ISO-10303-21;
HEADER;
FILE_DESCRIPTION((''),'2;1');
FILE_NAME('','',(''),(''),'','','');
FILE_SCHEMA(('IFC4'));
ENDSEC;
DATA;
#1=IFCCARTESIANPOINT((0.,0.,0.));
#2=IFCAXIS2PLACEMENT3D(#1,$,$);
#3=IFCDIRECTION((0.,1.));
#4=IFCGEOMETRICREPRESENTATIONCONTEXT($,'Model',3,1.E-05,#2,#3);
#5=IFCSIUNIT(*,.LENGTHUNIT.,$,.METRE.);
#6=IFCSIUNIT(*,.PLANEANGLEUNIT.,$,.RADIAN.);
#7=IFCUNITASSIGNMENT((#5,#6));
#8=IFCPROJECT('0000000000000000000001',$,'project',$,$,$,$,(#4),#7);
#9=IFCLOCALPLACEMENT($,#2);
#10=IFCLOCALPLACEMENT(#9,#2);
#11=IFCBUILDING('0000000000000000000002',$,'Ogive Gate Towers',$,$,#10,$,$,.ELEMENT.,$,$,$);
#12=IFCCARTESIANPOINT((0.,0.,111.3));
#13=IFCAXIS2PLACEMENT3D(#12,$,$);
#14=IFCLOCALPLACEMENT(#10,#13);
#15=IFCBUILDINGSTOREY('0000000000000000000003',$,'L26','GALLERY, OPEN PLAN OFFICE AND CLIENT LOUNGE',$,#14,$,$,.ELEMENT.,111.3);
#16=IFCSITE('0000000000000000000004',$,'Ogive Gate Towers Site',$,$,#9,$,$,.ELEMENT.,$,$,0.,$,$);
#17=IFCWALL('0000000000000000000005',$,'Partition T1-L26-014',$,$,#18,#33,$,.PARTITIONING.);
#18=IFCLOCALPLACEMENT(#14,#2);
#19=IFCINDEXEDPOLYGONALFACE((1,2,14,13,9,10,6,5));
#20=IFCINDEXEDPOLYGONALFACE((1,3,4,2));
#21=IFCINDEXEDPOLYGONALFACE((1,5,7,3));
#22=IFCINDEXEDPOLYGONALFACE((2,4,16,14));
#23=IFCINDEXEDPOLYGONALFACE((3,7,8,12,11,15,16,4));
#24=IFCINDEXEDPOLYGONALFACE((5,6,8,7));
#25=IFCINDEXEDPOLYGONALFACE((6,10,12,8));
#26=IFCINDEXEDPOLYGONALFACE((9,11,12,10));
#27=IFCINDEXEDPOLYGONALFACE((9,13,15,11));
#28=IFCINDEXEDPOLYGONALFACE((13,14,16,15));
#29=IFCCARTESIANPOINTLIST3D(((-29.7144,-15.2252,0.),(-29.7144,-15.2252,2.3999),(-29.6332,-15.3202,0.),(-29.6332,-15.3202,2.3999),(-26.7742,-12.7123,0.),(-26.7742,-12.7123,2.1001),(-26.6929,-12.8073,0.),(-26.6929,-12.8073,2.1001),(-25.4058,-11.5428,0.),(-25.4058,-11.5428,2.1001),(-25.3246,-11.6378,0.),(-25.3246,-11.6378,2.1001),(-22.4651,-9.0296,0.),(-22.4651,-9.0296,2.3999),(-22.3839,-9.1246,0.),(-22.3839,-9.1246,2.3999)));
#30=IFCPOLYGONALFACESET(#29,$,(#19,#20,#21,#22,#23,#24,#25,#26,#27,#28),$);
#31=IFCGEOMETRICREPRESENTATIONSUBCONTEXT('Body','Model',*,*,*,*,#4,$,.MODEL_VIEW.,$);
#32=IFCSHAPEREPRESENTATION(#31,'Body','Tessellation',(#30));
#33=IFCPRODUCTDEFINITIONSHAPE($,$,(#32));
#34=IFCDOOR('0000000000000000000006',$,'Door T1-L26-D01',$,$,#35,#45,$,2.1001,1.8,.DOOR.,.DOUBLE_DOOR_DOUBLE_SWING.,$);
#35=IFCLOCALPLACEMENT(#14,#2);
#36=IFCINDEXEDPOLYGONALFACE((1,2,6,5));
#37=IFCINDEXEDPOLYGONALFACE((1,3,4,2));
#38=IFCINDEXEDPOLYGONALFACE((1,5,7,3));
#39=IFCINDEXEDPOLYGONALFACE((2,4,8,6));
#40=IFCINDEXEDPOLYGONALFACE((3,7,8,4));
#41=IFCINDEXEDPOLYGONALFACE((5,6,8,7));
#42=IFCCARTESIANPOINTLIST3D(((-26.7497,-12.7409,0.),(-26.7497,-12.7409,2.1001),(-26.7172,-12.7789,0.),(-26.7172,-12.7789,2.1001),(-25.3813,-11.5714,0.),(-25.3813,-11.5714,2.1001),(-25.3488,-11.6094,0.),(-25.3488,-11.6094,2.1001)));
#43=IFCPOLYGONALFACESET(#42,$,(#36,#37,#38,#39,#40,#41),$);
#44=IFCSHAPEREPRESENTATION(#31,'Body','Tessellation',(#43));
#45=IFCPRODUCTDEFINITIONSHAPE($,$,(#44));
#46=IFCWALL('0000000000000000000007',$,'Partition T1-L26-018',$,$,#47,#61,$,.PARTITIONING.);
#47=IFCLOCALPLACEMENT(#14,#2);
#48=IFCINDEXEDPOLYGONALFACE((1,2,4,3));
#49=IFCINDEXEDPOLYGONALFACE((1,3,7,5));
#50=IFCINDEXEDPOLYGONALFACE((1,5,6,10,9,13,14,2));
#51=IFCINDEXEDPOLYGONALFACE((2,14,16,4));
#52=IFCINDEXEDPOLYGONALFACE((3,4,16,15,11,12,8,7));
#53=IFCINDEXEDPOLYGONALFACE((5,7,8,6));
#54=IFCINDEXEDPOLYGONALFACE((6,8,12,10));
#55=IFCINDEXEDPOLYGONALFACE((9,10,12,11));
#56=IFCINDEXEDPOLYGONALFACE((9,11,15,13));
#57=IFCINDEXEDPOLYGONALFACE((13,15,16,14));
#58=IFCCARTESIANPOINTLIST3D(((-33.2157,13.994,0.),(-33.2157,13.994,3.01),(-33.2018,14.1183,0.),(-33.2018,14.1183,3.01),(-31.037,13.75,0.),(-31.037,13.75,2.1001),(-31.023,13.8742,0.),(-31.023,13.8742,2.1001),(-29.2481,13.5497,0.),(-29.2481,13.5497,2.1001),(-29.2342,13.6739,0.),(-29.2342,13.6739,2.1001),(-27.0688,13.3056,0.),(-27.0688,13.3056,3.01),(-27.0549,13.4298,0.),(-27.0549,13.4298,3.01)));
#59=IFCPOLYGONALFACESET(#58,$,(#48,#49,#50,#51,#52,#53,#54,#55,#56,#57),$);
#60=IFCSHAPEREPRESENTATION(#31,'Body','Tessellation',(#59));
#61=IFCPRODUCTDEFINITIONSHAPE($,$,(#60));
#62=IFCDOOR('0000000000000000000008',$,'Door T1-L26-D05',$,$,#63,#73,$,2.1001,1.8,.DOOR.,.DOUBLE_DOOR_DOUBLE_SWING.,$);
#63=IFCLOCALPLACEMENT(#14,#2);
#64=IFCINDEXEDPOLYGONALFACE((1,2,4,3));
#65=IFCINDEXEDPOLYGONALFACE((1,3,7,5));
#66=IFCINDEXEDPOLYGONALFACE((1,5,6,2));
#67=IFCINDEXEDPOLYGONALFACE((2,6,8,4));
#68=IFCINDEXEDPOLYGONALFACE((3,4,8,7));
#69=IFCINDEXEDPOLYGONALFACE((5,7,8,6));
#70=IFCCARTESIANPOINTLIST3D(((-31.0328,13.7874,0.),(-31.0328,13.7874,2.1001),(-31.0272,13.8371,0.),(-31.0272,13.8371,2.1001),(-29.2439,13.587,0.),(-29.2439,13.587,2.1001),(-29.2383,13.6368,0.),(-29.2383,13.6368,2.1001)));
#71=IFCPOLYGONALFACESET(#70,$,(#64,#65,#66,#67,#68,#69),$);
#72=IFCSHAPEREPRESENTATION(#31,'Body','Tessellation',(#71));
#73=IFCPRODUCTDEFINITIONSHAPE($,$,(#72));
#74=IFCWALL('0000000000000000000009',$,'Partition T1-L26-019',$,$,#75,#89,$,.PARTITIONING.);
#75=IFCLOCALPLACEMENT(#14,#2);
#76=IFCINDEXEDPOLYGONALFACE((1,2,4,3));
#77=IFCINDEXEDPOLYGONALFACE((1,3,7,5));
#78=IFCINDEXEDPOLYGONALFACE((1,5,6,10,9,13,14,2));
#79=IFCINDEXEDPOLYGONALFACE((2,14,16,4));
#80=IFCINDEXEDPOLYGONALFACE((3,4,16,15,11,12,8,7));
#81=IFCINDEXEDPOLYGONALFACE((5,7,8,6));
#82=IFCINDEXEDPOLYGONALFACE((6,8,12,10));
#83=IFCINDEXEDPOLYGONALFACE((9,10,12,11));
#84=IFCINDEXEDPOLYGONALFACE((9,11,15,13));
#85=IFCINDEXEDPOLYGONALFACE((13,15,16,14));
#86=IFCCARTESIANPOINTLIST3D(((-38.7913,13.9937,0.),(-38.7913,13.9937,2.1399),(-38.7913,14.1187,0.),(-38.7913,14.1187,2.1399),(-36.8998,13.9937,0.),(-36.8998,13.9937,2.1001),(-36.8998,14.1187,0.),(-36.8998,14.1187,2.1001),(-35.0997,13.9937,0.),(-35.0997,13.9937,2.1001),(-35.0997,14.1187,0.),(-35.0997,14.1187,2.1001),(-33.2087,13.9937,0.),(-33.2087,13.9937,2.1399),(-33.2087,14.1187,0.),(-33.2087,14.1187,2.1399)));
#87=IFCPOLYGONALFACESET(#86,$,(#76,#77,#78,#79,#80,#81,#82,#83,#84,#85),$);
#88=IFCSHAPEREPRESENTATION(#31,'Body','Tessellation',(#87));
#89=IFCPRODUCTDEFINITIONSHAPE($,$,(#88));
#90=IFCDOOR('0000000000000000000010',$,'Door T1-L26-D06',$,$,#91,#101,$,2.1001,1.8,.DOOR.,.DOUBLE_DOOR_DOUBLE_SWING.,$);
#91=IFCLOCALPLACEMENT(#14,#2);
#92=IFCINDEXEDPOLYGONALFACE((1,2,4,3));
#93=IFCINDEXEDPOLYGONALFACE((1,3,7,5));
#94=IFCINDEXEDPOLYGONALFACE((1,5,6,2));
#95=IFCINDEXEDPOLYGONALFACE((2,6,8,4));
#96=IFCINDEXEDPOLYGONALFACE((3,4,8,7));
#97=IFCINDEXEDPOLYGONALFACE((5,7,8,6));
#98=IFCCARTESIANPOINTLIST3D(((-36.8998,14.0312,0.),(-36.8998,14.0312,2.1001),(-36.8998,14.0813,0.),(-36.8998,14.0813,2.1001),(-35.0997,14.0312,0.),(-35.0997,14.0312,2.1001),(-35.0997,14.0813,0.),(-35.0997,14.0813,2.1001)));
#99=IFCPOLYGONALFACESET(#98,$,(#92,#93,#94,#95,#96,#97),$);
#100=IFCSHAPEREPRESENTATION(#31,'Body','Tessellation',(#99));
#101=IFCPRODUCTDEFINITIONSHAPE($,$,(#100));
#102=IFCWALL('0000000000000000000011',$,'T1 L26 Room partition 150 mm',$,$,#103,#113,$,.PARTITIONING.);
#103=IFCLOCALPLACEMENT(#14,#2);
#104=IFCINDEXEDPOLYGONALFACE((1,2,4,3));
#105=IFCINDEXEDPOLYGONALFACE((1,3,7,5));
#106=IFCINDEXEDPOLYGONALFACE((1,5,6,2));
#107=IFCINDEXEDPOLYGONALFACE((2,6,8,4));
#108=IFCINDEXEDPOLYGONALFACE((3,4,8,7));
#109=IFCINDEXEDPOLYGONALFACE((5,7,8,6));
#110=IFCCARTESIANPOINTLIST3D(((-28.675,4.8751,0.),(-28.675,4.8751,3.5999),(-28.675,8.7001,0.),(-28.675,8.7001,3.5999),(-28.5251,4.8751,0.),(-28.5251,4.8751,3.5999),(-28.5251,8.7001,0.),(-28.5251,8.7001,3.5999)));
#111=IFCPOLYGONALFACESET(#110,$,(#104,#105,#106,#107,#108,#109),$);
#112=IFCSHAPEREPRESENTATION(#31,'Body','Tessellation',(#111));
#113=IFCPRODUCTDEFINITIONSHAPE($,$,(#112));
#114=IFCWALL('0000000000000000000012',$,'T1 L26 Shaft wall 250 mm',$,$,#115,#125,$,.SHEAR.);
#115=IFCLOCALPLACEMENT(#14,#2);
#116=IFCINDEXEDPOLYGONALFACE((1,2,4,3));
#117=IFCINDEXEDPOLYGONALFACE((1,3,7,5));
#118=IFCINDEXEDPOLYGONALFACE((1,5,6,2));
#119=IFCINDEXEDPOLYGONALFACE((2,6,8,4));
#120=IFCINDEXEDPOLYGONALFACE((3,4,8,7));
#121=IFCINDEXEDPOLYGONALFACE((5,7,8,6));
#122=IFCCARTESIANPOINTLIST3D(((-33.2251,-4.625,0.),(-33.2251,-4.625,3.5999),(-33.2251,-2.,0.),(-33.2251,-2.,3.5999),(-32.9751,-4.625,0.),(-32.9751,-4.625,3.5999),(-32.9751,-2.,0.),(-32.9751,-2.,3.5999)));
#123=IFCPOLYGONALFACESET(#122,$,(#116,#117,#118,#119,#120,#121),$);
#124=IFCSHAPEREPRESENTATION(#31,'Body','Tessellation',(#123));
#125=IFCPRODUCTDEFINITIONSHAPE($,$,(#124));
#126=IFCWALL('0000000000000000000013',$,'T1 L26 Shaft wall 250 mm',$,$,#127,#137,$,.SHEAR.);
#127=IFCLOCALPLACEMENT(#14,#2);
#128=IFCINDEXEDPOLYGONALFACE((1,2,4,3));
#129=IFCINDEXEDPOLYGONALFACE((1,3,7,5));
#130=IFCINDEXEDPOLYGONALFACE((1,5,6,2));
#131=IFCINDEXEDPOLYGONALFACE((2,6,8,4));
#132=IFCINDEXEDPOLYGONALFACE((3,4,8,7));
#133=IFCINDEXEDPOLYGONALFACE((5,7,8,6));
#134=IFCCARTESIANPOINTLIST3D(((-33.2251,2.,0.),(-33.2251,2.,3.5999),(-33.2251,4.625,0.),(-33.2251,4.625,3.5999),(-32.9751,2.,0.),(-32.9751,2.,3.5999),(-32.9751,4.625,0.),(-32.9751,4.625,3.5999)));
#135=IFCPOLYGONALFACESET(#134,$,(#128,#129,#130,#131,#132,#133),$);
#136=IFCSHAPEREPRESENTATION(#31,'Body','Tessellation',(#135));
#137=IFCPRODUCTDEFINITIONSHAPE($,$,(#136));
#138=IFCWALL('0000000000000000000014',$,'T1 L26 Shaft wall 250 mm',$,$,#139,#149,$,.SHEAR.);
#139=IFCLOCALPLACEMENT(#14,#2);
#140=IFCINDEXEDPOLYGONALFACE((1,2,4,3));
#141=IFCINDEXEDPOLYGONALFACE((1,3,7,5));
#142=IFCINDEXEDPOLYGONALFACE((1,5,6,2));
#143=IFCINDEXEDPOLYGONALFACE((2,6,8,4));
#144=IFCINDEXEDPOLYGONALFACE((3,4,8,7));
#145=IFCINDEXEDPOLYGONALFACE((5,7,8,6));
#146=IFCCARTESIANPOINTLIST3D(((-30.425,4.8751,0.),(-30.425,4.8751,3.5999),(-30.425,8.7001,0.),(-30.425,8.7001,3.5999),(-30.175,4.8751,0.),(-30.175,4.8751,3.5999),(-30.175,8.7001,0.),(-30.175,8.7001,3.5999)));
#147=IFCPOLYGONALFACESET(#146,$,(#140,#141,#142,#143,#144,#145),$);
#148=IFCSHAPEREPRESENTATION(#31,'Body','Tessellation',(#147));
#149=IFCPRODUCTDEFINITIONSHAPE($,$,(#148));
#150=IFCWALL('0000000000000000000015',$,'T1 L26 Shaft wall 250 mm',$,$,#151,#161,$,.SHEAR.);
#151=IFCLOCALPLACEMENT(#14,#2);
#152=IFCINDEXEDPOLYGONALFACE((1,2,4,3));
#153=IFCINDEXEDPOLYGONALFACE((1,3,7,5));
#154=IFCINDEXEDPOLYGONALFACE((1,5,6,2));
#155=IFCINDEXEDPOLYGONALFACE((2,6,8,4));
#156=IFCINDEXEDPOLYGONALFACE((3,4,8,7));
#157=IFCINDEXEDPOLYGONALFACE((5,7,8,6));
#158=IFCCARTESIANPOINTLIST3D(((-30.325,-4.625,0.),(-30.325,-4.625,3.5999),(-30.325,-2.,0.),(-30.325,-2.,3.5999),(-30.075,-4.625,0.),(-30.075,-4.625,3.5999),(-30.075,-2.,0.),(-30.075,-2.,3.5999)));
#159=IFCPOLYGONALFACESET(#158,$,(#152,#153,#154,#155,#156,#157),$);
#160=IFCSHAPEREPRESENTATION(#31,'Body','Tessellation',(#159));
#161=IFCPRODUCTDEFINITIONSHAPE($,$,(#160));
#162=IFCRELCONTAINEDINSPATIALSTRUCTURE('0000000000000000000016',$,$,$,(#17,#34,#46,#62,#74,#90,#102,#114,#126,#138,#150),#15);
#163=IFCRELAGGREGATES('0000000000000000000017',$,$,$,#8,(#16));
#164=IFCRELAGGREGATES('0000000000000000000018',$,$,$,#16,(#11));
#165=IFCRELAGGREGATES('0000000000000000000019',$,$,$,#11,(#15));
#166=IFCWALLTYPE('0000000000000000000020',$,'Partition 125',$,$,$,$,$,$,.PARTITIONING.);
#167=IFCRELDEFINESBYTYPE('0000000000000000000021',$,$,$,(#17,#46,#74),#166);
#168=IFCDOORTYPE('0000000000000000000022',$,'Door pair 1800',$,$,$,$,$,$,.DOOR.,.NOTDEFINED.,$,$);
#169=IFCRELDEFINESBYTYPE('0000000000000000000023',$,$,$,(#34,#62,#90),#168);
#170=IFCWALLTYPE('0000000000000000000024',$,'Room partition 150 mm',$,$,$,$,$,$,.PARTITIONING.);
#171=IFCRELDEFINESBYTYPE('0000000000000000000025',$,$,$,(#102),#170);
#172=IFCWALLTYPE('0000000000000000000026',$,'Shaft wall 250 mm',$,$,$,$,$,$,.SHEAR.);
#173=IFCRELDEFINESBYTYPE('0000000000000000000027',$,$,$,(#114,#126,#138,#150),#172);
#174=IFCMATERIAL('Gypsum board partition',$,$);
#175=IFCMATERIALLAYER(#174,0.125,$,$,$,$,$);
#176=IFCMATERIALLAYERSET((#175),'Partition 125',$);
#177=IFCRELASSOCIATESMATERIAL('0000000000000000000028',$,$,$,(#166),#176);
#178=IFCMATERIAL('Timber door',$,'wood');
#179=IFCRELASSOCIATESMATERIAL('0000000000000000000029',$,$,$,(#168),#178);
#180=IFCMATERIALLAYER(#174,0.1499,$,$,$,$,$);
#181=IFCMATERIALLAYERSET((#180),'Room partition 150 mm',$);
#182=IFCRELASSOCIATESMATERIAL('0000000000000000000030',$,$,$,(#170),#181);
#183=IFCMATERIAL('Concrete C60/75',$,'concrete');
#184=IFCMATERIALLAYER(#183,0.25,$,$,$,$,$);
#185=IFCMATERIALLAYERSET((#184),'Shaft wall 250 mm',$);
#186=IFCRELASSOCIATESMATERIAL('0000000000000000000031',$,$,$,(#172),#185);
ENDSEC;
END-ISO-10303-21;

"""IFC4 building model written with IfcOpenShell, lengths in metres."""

from ifc_helpers import new_model, si_unit, direction, frame, frame_2d, origin, place, context, subcontext, project, spatial, rectangle, extrude, material, layer, layer_set, type_object, element, fill, save


model = new_model("IFC4")

# Units and contexts
model_context = context("Model", 3, precision=1e-05, world=origin(), true_north=direction((0.0, 1.0)))
body_context = subcontext(model_context, "Body", "Model", "MODEL_VIEW")
ifc_project = project(units=[si_unit("LENGTHUNIT", "METRE"), si_unit("PLANEANGLEUNIT", "RADIAN")], contexts=[model_context])

# Site, building, storey
site_placement = place(None, origin())
site = spatial("IfcSite", under=ifc_project, at=site_placement, Name="Ogive Gate Towers Site", CompositionType="ELEMENT", RefElevation=0.0)
building_placement = place(site_placement, origin())
building = spatial("IfcBuilding", under=site, at=building_placement, Name="Ogive Gate Towers", CompositionType="ELEMENT")
storey_placement = place(building_placement, frame((0.0, 0.0, 111.3)))
storey = spatial("IfcBuildingStorey", under=building, at=storey_placement, Name="L26", Description="GALLERY, OPEN PLAN OFFICE AND CLIENT LOUNGE", CompositionType="ELEMENT", Elevation=111.3)

# Shared definitions
ifc_material_1 = material(Name="Concrete C60/75", Category="concrete")

# Shared definitions
ifc_material_2 = material(Name="Gypsum board partition")
ifc_layer_1 = layer(ifc_material_2, 0.125)
ifc_layer_set_1 = layer_set([ifc_layer_1], Name="Partition 125")
wall_type_1 = type_object("IfcWallType", Name="Partition 125", PredefinedType="PARTITIONING", material=ifc_layer_set_1)

# Walls, openings, doors
wall_1_placement = place(storey_placement, frame((-29.6738, -15.2727, 0.0), z_axis=(0.0, 0.0, 1.0), x_axis=(0.760194, 0.649696, 0.0)))
wall_1 = element("IfcWall", 1, at=wall_1_placement, inside=storey, type_object=wall_type_1, Name="Partition T1-L26-014", PredefinedType="PARTITIONING", context=body_context, shape_type="SweptSolid", body=[
    extrude(rectangle(XDim=9.5361, YDim=0.125, at=frame_2d((4.7681, 0.0))), origin(), (0.0, 0.0, 1.0), 2.3999),
])
opening_1_placement = place(wall_1_placement, frame((3.8679, 0.0, 0.0)))
opening_1 = element("IfcOpeningElement", 2, at=opening_1_placement, cuts=wall_1, PredefinedType="OPENING", context=body_context, shape_type="SweptSolid", body=[
    extrude(rectangle(XDim=1.8, YDim=2.1001, at=frame_2d((0.8999, 1.05))), frame((0.0, 0.0725, 0.0), z_axis=(0.0, -1.0, 0.0), x_axis=(1.0, 0.0, 0.0)), (0.0, 0.0, 1.0), 0.145),
])
ifc_material_3 = material(Name="Timber door", Category="wood")
door_type_1 = type_object("IfcDoorType", Name="Door pair 1800", OperationType="NOTDEFINED", PredefinedType="DOOR", material=ifc_material_3)
door_1_placement = place(opening_1_placement, origin())
door_1 = element("IfcDoor", 3, at=door_1_placement, inside=storey, type_object=door_type_1, Name="Door T1-L26-D01", OperationType="DOUBLE_DOOR_DOUBLE_SWING", OverallHeight=2.1001, OverallWidth=1.8, PredefinedType="DOOR", context=body_context, shape_type="SweptSolid", body=[
    extrude(rectangle(XDim=1.8, YDim=2.1001, at=frame_2d((0.8999, 1.05))), frame((0.0, 0.0249, 0.0), z_axis=(0.0, -1.0, 0.0), x_axis=(1.0, 0.0, 0.0)), (0.0, 0.0, 1.0), 0.05),
])
fill(opening_1, door_1)
wall_2_placement = place(storey_placement, frame((-27.0618, 13.3677, 0.0), z_axis=(0.0, 0.0, 1.0), x_axis=(-0.993786, 0.111307, 0.0)))
wall_2 = element("IfcWall", 4, at=wall_2_placement, inside=storey, type_object=wall_type_1, Name="Partition T1-L26-018", PredefinedType="PARTITIONING", context=body_context, shape_type="SweptSolid", body=[
    extrude(rectangle(XDim=6.1853, YDim=0.125, at=frame_2d((3.0928, 0.0))), origin(), (0.0, 0.0, 1.0), 3.01),
])
opening_2_placement = place(wall_2_placement, frame((2.1931, 0.0, 0.0)))
opening_2 = element("IfcOpeningElement", 5, at=opening_2_placement, cuts=wall_2, PredefinedType="OPENING", context=body_context, shape_type="SweptSolid", body=[
    extrude(rectangle(XDim=1.8, YDim=2.1001, at=frame_2d((0.8999, 1.05))), frame((0.0, 0.0725, 0.0), z_axis=(0.0, -1.0, 0.0), x_axis=(1.0, 0.0, 0.0)), (0.0, 0.0, 1.0), 0.145),
])
door_2_placement = place(opening_2_placement, origin())
door_2 = element("IfcDoor", 6, at=door_2_placement, inside=storey, type_object=door_type_1, Name="Door T1-L26-D05", OperationType="DOUBLE_DOOR_DOUBLE_SWING", OverallHeight=2.1001, OverallWidth=1.8, PredefinedType="DOOR", context=body_context, shape_type="SweptSolid", body=[
    extrude(rectangle(XDim=1.8, YDim=2.1001, at=frame_2d((0.8999, 1.05))), frame((0.0, 0.0249, 0.0), z_axis=(0.0, -1.0, 0.0), x_axis=(1.0, 0.0, 0.0)), (0.0, 0.0, 1.0), 0.05),
])
fill(opening_2, door_2)
wall_3_placement = place(storey_placement, frame((-33.2087, 14.0562, 0.0), z_axis=(0.0, 0.0, 1.0), x_axis=(-1.0, 0.0, 0.0)))
wall_3 = element("IfcWall", 7, at=wall_3_placement, inside=storey, type_object=wall_type_1, Name="Partition T1-L26-019", PredefinedType="PARTITIONING", context=body_context, shape_type="SweptSolid", body=[
    extrude(rectangle(XDim=5.5825, YDim=0.125, at=frame_2d((2.7913, 0.0))), origin(), (0.0, 0.0, 1.0), 2.1399),
])
opening_3_placement = place(wall_3_placement, frame((1.8911, 0.0, 0.0)))
opening_3 = element("IfcOpeningElement", 8, at=opening_3_placement, cuts=wall_3, PredefinedType="OPENING", context=body_context, shape_type="SweptSolid", body=[
    extrude(rectangle(XDim=1.8, YDim=2.1001, at=frame_2d((0.8999, 1.05))), frame((0.0, 0.0725, 0.0), z_axis=(0.0, -1.0, 0.0), x_axis=(1.0, 0.0, 0.0)), (0.0, 0.0, 1.0), 0.145),
])
door_3_placement = place(opening_3_placement, origin())
door_3 = element("IfcDoor", 9, at=door_3_placement, inside=storey, type_object=door_type_1, Name="Door T1-L26-D06", OperationType="DOUBLE_DOOR_DOUBLE_SWING", OverallHeight=2.1001, OverallWidth=1.8, PredefinedType="DOOR", context=body_context, shape_type="SweptSolid", body=[
    extrude(rectangle(XDim=1.8, YDim=2.1001, at=frame_2d((0.8999, 1.05))), frame((0.0, 0.0249, 0.0), z_axis=(0.0, -1.0, 0.0), x_axis=(1.0, 0.0, 0.0)), (0.0, 0.0, 1.0), 0.05),
])
fill(opening_3, door_3)

# Walls
ifc_layer_2 = layer(ifc_material_2, 0.1499)
ifc_layer_set_2 = layer_set([ifc_layer_2], Name="Room partition 150 mm")
wall_type_2 = type_object("IfcWallType", Name="Room partition 150 mm", PredefinedType="PARTITIONING", material=ifc_layer_set_2)
wall_4_placement = place(storey_placement, frame((-28.6001, 4.875, 0.0), z_axis=(0.0, 0.0, 1.0), x_axis=(0.0, 1.0, 0.0)))
element("IfcWall", 10, at=wall_4_placement, inside=storey, type_object=wall_type_2, Name="T1 L26 Room partition 150 mm", PredefinedType="PARTITIONING", context=body_context, shape_type="SweptSolid", body=[
    extrude(rectangle(XDim=3.825, YDim=0.1499, at=frame_2d((1.9126, 0.0))), origin(), (0.0, 0.0, 1.0), 3.5999),
])
ifc_layer_3 = layer(ifc_material_1, 0.25)
ifc_layer_set_3 = layer_set([ifc_layer_3], Name="Shaft wall 250 mm")
wall_type_3 = type_object("IfcWallType", Name="Shaft wall 250 mm", PredefinedType="SHEAR", material=ifc_layer_set_3)
for number, where, z_axis, x_axis, name in (
    (11, (-33.1001, -4.625, 0.0), (0.0, 0.0, 1.0), (0.0, 1.0, 0.0), "T1 L26 Shaft wall 250 mm"),
    (12, (-33.1001, 2.0, 0.0), (0.0, 0.0, 1.0), (0.0, 1.0, 0.0), "T1 L26 Shaft wall 250 mm"),
):
    element("IfcWall", number, at=place(storey_placement, frame(where, z_axis=z_axis, x_axis=x_axis)), inside=storey, type_object=wall_type_3, Name=name, PredefinedType="SHEAR", context=body_context, shape_type="SweptSolid", body=[
        extrude(rectangle(XDim=2.625, YDim=0.25, at=frame_2d((1.3125, 0.0))), origin(), (0.0, 0.0, 1.0), 3.5999),
    ])
wall_5_placement = place(storey_placement, frame((-30.3, 4.875, 0.0), z_axis=(0.0, 0.0, 1.0), x_axis=(0.0, 1.0, 0.0)))
element("IfcWall", 13, at=wall_5_placement, inside=storey, type_object=wall_type_3, Name="T1 L26 Shaft wall 250 mm", PredefinedType="SHEAR", context=body_context, shape_type="SweptSolid", body=[
    extrude(rectangle(XDim=3.825, YDim=0.25, at=frame_2d((1.9126, 0.0))), origin(), (0.0, 0.0, 1.0), 3.5999),
])
wall_6_placement = place(storey_placement, frame((-30.2, -4.625, 0.0), z_axis=(0.0, 0.0, 1.0), x_axis=(0.0, 1.0, 0.0)))
element("IfcWall", 14, at=wall_6_placement, inside=storey, type_object=wall_type_3, Name="T1 L26 Shaft wall 250 mm", PredefinedType="SHEAR", context=body_context, shape_type="SweptSolid", body=[
    extrude(rectangle(XDim=2.625, YDim=0.25, at=frame_2d((1.3125, 0.0))), origin(), (0.0, 0.0, 1.0), 3.5999),
])

save(model, "model.ifc")
